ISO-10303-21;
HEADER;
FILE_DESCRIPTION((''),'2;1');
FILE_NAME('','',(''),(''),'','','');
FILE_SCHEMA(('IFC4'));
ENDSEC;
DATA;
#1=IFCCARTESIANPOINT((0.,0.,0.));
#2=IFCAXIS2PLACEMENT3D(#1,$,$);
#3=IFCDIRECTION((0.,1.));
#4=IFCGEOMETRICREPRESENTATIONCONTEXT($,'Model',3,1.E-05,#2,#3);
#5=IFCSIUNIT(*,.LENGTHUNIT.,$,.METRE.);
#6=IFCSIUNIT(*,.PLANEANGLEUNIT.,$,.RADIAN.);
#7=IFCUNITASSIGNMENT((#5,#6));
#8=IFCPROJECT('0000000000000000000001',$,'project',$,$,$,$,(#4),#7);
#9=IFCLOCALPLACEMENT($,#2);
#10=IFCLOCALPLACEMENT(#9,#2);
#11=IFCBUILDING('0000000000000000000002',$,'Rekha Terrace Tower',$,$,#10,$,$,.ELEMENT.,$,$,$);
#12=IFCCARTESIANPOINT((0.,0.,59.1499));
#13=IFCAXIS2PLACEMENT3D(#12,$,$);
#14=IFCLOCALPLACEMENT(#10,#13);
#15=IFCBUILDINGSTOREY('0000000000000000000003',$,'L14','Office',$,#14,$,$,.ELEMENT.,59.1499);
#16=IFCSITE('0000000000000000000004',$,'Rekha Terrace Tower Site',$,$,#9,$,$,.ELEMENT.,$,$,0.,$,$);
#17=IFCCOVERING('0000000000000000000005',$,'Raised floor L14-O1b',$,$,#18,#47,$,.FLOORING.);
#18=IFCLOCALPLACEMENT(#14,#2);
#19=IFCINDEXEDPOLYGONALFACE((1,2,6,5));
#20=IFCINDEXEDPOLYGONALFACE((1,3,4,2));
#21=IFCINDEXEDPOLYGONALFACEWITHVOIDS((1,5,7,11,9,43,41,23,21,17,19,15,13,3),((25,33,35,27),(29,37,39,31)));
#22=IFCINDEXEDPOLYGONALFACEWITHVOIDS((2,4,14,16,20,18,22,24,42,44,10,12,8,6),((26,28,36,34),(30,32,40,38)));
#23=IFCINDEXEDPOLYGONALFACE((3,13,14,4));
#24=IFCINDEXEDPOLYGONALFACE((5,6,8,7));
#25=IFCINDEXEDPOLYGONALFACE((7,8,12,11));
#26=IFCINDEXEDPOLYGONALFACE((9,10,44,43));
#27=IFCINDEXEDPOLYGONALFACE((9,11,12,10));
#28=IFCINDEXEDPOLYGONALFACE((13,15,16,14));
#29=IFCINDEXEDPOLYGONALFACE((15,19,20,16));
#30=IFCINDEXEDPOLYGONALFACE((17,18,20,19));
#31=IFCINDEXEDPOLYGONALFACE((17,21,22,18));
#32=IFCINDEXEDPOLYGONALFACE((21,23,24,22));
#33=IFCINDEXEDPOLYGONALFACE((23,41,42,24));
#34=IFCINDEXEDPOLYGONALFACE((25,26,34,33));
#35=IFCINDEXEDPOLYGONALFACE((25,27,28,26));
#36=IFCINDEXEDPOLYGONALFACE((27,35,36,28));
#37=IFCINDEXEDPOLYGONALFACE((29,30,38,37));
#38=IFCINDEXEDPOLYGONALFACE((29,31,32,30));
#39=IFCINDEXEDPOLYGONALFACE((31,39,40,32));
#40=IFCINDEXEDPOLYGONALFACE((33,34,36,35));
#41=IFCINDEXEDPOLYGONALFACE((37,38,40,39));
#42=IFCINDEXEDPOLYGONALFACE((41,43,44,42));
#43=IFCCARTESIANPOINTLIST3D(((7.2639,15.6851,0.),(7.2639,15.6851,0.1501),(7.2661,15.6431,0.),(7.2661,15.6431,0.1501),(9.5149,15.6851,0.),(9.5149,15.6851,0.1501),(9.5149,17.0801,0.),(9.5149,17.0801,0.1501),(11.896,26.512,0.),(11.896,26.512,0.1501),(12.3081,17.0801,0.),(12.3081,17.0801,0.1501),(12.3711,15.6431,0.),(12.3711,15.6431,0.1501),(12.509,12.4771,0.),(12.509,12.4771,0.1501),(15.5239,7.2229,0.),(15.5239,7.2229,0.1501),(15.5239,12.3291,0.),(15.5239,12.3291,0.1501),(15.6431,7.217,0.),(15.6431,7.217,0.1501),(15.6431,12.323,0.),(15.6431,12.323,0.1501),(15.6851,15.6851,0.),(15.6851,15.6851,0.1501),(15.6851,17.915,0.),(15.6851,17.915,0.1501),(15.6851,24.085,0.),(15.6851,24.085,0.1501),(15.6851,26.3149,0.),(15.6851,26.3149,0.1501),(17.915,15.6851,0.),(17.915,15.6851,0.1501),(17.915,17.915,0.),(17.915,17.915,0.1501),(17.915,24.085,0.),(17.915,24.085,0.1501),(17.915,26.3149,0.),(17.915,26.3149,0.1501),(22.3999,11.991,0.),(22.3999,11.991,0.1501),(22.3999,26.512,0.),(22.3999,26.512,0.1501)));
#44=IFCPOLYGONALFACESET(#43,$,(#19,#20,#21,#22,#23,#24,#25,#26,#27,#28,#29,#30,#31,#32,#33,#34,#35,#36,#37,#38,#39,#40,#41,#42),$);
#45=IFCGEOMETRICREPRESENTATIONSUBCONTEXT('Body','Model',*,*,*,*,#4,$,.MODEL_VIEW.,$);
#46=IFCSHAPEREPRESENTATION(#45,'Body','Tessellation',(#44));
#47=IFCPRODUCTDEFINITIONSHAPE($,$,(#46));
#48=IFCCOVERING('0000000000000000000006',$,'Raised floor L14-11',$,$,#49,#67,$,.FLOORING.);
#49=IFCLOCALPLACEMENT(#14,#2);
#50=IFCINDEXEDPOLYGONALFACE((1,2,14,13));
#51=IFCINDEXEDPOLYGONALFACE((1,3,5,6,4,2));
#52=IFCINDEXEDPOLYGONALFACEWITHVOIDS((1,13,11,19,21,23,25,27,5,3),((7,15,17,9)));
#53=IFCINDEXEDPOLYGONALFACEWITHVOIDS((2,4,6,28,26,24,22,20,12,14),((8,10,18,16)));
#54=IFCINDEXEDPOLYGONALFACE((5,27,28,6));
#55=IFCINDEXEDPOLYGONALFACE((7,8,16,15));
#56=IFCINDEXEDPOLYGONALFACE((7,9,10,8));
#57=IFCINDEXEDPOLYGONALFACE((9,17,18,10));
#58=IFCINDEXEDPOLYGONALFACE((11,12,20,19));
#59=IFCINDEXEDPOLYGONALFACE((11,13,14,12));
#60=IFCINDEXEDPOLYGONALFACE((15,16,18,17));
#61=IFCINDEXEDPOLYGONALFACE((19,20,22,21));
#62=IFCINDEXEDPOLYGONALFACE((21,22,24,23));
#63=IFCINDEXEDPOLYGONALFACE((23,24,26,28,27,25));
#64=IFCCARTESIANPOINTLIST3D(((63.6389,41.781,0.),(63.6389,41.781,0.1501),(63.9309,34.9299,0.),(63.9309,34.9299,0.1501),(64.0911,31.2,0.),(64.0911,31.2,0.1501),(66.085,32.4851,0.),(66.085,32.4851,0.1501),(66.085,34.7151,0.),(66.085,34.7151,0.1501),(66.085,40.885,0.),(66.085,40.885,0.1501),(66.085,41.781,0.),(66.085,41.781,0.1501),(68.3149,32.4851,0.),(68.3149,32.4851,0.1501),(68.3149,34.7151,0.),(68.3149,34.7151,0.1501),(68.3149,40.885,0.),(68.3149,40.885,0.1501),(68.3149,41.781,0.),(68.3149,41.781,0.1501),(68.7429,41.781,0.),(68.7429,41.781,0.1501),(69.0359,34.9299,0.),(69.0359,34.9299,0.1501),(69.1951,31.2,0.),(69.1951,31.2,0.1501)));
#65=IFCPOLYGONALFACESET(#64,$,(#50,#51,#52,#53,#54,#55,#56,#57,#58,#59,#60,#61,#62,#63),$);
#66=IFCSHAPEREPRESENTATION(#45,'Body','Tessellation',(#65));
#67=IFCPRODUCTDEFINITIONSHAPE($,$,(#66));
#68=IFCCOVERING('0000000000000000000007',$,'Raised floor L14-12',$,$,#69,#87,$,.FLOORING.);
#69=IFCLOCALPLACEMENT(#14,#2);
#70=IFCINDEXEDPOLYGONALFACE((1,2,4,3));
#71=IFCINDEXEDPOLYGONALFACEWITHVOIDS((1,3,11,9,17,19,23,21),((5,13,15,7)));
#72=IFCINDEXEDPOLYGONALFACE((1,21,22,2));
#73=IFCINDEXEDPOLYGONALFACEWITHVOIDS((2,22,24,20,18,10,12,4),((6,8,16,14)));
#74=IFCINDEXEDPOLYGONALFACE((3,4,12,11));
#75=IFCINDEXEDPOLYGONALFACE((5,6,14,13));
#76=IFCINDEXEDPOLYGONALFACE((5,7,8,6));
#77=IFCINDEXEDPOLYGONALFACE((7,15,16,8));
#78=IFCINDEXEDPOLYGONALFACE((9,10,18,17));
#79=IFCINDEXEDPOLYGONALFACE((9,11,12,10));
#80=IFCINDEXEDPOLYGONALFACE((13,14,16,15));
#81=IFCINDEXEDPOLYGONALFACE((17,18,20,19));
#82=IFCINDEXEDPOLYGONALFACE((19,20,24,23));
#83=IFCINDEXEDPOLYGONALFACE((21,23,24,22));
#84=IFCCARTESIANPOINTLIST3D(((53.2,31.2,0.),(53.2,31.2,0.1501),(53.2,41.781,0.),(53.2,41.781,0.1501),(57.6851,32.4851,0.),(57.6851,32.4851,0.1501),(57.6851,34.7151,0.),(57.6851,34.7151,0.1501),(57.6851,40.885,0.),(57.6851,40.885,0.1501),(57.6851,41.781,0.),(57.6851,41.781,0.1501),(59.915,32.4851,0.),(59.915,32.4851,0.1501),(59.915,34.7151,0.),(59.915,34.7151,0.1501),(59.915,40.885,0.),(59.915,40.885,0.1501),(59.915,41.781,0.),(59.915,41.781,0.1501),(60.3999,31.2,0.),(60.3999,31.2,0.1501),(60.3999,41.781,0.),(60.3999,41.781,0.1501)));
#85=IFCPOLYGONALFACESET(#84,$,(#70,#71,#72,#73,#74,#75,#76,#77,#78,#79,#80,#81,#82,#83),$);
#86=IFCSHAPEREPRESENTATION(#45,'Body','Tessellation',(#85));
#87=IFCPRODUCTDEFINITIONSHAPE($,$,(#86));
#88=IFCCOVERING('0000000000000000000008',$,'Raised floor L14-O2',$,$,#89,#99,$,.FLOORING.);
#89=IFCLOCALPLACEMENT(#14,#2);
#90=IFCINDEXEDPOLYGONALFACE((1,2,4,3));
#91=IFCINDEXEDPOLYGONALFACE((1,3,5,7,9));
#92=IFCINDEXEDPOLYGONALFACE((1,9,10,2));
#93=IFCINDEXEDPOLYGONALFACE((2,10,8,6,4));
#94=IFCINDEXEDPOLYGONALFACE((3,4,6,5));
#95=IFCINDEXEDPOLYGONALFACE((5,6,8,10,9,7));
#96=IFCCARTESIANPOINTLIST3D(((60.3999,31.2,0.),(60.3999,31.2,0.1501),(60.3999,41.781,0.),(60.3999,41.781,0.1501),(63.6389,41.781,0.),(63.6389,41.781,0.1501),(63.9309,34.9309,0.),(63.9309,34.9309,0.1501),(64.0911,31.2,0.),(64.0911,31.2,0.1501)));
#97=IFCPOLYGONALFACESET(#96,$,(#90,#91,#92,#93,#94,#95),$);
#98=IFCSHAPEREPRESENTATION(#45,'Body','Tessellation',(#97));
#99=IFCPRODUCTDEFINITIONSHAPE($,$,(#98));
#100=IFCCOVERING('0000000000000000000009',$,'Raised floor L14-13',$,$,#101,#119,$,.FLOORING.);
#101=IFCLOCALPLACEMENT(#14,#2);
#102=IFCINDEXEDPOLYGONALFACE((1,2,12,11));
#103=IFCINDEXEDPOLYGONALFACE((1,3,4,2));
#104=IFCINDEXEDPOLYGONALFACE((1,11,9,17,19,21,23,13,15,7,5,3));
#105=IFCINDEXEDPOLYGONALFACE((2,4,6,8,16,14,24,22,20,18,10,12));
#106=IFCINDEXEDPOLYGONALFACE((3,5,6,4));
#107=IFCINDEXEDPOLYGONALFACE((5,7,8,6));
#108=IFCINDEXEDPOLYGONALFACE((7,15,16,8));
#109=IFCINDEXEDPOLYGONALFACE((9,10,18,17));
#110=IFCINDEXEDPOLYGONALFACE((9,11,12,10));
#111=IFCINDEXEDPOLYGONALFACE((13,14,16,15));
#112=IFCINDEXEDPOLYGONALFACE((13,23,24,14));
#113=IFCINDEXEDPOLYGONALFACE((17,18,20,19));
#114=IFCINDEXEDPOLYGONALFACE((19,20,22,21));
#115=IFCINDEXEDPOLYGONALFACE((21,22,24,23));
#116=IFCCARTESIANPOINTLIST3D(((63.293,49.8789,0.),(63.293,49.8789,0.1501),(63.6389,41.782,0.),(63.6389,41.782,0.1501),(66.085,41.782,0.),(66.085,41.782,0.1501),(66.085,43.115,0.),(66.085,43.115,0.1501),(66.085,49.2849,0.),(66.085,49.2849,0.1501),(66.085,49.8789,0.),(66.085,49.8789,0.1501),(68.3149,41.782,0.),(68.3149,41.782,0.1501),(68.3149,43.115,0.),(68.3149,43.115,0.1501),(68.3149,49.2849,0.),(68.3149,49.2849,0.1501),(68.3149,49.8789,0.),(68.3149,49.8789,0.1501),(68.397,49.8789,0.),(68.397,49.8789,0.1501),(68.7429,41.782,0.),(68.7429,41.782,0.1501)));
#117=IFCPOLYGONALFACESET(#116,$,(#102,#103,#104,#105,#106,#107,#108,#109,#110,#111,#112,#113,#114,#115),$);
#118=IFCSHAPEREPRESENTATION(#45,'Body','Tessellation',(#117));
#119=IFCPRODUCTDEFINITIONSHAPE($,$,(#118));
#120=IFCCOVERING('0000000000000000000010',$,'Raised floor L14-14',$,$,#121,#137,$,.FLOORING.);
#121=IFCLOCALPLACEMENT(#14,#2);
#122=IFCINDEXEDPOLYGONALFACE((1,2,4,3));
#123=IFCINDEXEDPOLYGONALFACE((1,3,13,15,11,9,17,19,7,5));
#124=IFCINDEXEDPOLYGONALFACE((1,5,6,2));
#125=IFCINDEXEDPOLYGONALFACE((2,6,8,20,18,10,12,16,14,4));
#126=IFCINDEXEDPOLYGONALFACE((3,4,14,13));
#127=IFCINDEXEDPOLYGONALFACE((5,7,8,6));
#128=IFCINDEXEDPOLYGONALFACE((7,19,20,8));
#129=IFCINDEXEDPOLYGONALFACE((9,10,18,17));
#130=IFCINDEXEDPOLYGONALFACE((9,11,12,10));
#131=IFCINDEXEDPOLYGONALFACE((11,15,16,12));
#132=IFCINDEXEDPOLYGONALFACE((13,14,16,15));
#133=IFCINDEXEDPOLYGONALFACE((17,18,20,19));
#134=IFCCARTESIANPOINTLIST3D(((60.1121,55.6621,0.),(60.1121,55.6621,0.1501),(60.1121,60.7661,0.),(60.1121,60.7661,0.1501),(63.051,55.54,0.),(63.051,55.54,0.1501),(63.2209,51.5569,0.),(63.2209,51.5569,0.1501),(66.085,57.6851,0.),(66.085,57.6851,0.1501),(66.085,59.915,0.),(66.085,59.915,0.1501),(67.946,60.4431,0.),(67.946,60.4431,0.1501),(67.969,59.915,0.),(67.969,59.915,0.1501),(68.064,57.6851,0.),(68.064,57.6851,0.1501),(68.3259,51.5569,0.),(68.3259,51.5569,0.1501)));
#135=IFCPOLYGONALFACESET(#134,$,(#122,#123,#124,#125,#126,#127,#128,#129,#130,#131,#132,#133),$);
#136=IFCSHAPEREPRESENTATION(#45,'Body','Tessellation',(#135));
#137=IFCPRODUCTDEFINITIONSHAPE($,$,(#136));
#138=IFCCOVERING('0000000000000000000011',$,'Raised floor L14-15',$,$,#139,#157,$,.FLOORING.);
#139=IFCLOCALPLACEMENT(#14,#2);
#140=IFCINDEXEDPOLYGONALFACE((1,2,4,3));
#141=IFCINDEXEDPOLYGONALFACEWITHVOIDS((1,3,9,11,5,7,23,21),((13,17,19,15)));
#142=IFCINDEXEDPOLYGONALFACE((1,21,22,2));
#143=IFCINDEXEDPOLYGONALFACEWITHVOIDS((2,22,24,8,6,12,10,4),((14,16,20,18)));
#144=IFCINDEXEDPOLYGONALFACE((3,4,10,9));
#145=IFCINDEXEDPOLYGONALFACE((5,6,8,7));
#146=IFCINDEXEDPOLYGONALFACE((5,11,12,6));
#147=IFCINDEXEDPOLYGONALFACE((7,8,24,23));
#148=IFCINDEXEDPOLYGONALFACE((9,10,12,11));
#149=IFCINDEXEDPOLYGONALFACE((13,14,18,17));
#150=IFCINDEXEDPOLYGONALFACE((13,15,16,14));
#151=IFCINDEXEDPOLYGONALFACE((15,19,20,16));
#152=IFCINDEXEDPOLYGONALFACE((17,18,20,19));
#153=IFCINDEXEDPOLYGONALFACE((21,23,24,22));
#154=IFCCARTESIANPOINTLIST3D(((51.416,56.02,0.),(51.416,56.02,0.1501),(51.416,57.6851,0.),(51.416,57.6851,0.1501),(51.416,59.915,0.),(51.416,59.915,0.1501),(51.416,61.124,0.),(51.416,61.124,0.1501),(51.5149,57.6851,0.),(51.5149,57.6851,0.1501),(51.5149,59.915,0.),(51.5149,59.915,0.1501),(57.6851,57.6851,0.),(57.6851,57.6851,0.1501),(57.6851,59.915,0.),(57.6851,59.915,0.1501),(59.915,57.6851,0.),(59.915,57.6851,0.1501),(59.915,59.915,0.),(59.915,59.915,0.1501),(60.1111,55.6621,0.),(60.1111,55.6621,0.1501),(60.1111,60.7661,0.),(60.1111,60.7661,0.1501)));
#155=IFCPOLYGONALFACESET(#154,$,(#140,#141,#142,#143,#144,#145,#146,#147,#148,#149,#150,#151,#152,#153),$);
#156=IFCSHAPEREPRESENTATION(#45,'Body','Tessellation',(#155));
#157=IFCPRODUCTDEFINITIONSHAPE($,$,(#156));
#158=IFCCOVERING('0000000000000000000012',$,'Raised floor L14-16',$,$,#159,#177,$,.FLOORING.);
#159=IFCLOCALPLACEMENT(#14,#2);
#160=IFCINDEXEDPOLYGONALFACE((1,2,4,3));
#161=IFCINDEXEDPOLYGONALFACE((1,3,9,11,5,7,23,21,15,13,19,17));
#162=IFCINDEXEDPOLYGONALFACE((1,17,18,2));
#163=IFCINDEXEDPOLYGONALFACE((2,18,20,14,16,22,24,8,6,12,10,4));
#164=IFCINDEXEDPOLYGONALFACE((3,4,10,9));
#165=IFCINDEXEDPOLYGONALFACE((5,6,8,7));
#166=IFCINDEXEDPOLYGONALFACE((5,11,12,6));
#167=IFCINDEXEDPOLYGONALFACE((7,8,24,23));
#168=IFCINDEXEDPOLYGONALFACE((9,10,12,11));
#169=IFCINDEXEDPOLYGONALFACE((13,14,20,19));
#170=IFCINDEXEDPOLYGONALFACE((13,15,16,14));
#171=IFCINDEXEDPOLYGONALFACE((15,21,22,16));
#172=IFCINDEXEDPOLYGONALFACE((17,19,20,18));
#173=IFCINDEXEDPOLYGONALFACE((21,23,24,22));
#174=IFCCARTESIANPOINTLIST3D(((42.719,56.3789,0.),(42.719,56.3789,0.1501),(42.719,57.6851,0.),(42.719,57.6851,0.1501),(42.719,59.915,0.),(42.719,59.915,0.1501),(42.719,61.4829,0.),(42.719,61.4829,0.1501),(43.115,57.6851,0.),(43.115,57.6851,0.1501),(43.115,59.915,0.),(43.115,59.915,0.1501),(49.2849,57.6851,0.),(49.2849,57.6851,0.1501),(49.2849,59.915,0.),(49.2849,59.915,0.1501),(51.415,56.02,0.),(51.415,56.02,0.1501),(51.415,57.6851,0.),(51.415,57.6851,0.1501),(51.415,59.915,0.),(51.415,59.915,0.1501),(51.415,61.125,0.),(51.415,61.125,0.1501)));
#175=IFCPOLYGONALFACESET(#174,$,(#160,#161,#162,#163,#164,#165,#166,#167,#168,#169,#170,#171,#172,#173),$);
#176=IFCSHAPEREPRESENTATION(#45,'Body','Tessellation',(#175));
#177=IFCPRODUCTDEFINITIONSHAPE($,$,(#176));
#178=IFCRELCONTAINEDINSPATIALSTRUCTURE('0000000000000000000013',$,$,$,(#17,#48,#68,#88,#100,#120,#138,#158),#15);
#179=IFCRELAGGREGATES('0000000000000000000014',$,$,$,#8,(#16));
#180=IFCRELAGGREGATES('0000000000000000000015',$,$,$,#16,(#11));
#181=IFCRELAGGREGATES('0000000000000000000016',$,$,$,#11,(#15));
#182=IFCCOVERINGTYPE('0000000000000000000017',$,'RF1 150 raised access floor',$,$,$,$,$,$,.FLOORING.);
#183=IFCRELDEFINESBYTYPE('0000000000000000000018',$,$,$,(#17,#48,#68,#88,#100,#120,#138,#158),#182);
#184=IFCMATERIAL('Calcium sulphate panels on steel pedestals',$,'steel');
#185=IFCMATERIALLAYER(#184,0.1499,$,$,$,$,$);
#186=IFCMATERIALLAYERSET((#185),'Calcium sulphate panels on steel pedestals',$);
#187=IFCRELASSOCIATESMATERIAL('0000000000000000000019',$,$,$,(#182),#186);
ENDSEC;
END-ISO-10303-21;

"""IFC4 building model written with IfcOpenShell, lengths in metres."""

from ifc_helpers import new_model, si_unit, direction, frame, origin, place, context, subcontext, project, spatial, polyline, outline, extrude, material, layer, layer_set, type_object, element, save


model = new_model("IFC4")

# Units and contexts
model_context = context("Model", 3, precision=1e-05, world=origin(), true_north=direction((0.0, 1.0)))
body_context = subcontext(model_context, "Body", "Model", "MODEL_VIEW")
ifc_project = project(units=[si_unit("LENGTHUNIT", "METRE"), si_unit("PLANEANGLEUNIT", "RADIAN")], contexts=[model_context])

# Site, building, storey
site_placement = place(None, origin())
site = spatial("IfcSite", under=ifc_project, at=site_placement, Name="Rekha Terrace Tower Site", CompositionType="ELEMENT", RefElevation=0.0)
building_placement = place(site_placement, origin())
building = spatial("IfcBuilding", under=site, at=building_placement, Name="Rekha Terrace Tower", CompositionType="ELEMENT")
storey_placement = place(building_placement, frame((0.0, 0.0, 59.1499)))
storey = spatial("IfcBuildingStorey", under=building, at=storey_placement, Name="L14", Description="Office", CompositionType="ELEMENT", Elevation=59.1499)

# Coverings
ifc_material_1 = material(Name="Calcium sulphate panels on steel pedestals", Category="steel")
ifc_layer_1 = layer(ifc_material_1, 0.1499)
ifc_layer_set_1 = layer_set([ifc_layer_1], Name="Calcium sulphate panels on steel pedestals")
covering_type_1 = type_object("IfcCoveringType", Name="RF1 150 raised access floor", PredefinedType="FLOORING", material=ifc_layer_set_1)
covering_1_placement = place(storey_placement, origin())
element("IfcCovering", 1, at=covering_1_placement, inside=storey, type_object=covering_type_1, Name="Raised floor L14-O1b", PredefinedType="FLOORING", context=body_context, shape_type="SweptSolid", body=[
    extrude(outline(polyline([(9.5149, 15.6851), (7.2639, 15.6851), (7.2661, 15.6431), (12.3711, 15.6431), (12.509, 12.4771), (15.5239, 12.3291), (15.5239, 7.2229), (15.6431, 7.217), (15.6431, 12.323), (22.3999, 11.991), (22.3999, 26.512), (11.896, 26.512), (12.3081, 17.0801), (9.5149, 17.0801), (9.5149, 15.6851)]), holes=[polyline([(17.915, 15.6851), (15.6851, 15.6851), (15.6851, 17.915), (17.915, 17.915), (17.915, 15.6851)]), polyline([(17.915, 24.085), (15.6851, 24.085), (15.6851, 26.3149), (17.915, 26.3149), (17.915, 24.085)])]), origin(), (0.0, 0.0, 1.0), 0.1501),
])
covering_2_placement = place(storey_placement, origin())
element("IfcCovering", 2, at=covering_2_placement, inside=storey, type_object=covering_type_1, Name="Raised floor L14-11", PredefinedType="FLOORING", context=body_context, shape_type="SweptSolid", body=[
    extrude(outline(polyline([(69.1951, 31.2), (69.0359, 34.9299), (68.7429, 41.781), (68.3149, 41.781), (68.3149, 40.885), (66.085, 40.885), (66.085, 41.781), (63.6389, 41.781), (63.9309, 34.9299), (64.0911, 31.2), (69.1951, 31.2)]), holes=[polyline([(68.3149, 32.4851), (66.085, 32.4851), (66.085, 34.7151), (68.3149, 34.7151), (68.3149, 32.4851)])]), origin(), (0.0, 0.0, 1.0), 0.1501),
])
covering_3_placement = place(storey_placement, origin())
element("IfcCovering", 3, at=covering_3_placement, inside=storey, type_object=covering_type_1, Name="Raised floor L14-12", PredefinedType="FLOORING", context=body_context, shape_type="SweptSolid", body=[
    extrude(outline(polyline([(53.2, 41.781), (53.2, 31.2), (60.3999, 31.2), (60.3999, 41.781), (59.915, 41.781), (59.915, 40.885), (57.6851, 40.885), (57.6851, 41.781), (53.2, 41.781)]), holes=[polyline([(59.915, 32.4851), (57.6851, 32.4851), (57.6851, 34.7151), (59.915, 34.7151), (59.915, 32.4851)])]), origin(), (0.0, 0.0, 1.0), 0.1501),
])
covering_4_placement = place(storey_placement, origin())
element("IfcCovering", 4, at=covering_4_placement, inside=storey, type_object=covering_type_1, Name="Raised floor L14-O2", PredefinedType="FLOORING", context=body_context, shape_type="SweptSolid", body=[
    extrude(outline(polyline([(64.0911, 31.2), (63.9309, 34.9309), (63.6389, 41.781), (60.3999, 41.781), (60.3999, 31.2), (64.0911, 31.2)])), origin(), (0.0, 0.0, 1.0), 0.1501),
])
covering_5_placement = place(storey_placement, origin())
element("IfcCovering", 5, at=covering_5_placement, inside=storey, type_object=covering_type_1, Name="Raised floor L14-13", PredefinedType="FLOORING", context=body_context, shape_type="SweptSolid", body=[
    extrude(outline(polyline([(66.085, 49.2849), (66.085, 49.8789), (63.293, 49.8789), (63.6389, 41.782), (66.085, 41.782), (66.085, 43.115), (68.3149, 43.115), (68.3149, 41.782), (68.7429, 41.782), (68.397, 49.8789), (68.3149, 49.8789), (68.3149, 49.2849), (66.085, 49.2849)])), origin(), (0.0, 0.0, 1.0), 0.1501),
])
covering_6_placement = place(storey_placement, origin())
element("IfcCovering", 6, at=covering_6_placement, inside=storey, type_object=covering_type_1, Name="Raised floor L14-14", PredefinedType="FLOORING", context=body_context, shape_type="SweptSolid", body=[
    extrude(outline(polyline([(67.946, 60.4431), (60.1121, 60.7661), (60.1121, 55.6621), (63.051, 55.54), (63.2209, 51.5569), (68.3259, 51.5569), (68.064, 57.6851), (66.085, 57.6851), (66.085, 59.915), (67.969, 59.915), (67.946, 60.4431)])), origin(), (0.0, 0.0, 1.0), 0.1501),
])
covering_7_placement = place(storey_placement, origin())
element("IfcCovering", 7, at=covering_7_placement, inside=storey, type_object=covering_type_1, Name="Raised floor L14-15", PredefinedType="FLOORING", context=body_context, shape_type="SweptSolid", body=[
    extrude(outline(polyline([(60.1111, 55.6621), (60.1111, 60.7661), (51.416, 61.124), (51.416, 59.915), (51.5149, 59.915), (51.5149, 57.6851), (51.416, 57.6851), (51.416, 56.02), (60.1111, 55.6621)]), holes=[polyline([(59.915, 57.6851), (57.6851, 57.6851), (57.6851, 59.915), (59.915, 59.915), (59.915, 57.6851)])]), origin(), (0.0, 0.0, 1.0), 0.1501),
])
covering_8_placement = place(storey_placement, origin())
element("IfcCovering", 8, at=covering_8_placement, inside=storey, type_object=covering_type_1, Name="Raised floor L14-16", PredefinedType="FLOORING", context=body_context, shape_type="SweptSolid", body=[
    extrude(outline(polyline([(51.415, 59.915), (51.415, 61.125), (42.719, 61.4829), (42.719, 59.915), (43.115, 59.915), (43.115, 57.6851), (42.719, 57.6851), (42.719, 56.3789), (51.415, 56.02), (51.415, 57.6851), (49.2849, 57.6851), (49.2849, 59.915), (51.415, 59.915)])), origin(), (0.0, 0.0, 1.0), 0.1501),
])

save(model, "model.ifc")
